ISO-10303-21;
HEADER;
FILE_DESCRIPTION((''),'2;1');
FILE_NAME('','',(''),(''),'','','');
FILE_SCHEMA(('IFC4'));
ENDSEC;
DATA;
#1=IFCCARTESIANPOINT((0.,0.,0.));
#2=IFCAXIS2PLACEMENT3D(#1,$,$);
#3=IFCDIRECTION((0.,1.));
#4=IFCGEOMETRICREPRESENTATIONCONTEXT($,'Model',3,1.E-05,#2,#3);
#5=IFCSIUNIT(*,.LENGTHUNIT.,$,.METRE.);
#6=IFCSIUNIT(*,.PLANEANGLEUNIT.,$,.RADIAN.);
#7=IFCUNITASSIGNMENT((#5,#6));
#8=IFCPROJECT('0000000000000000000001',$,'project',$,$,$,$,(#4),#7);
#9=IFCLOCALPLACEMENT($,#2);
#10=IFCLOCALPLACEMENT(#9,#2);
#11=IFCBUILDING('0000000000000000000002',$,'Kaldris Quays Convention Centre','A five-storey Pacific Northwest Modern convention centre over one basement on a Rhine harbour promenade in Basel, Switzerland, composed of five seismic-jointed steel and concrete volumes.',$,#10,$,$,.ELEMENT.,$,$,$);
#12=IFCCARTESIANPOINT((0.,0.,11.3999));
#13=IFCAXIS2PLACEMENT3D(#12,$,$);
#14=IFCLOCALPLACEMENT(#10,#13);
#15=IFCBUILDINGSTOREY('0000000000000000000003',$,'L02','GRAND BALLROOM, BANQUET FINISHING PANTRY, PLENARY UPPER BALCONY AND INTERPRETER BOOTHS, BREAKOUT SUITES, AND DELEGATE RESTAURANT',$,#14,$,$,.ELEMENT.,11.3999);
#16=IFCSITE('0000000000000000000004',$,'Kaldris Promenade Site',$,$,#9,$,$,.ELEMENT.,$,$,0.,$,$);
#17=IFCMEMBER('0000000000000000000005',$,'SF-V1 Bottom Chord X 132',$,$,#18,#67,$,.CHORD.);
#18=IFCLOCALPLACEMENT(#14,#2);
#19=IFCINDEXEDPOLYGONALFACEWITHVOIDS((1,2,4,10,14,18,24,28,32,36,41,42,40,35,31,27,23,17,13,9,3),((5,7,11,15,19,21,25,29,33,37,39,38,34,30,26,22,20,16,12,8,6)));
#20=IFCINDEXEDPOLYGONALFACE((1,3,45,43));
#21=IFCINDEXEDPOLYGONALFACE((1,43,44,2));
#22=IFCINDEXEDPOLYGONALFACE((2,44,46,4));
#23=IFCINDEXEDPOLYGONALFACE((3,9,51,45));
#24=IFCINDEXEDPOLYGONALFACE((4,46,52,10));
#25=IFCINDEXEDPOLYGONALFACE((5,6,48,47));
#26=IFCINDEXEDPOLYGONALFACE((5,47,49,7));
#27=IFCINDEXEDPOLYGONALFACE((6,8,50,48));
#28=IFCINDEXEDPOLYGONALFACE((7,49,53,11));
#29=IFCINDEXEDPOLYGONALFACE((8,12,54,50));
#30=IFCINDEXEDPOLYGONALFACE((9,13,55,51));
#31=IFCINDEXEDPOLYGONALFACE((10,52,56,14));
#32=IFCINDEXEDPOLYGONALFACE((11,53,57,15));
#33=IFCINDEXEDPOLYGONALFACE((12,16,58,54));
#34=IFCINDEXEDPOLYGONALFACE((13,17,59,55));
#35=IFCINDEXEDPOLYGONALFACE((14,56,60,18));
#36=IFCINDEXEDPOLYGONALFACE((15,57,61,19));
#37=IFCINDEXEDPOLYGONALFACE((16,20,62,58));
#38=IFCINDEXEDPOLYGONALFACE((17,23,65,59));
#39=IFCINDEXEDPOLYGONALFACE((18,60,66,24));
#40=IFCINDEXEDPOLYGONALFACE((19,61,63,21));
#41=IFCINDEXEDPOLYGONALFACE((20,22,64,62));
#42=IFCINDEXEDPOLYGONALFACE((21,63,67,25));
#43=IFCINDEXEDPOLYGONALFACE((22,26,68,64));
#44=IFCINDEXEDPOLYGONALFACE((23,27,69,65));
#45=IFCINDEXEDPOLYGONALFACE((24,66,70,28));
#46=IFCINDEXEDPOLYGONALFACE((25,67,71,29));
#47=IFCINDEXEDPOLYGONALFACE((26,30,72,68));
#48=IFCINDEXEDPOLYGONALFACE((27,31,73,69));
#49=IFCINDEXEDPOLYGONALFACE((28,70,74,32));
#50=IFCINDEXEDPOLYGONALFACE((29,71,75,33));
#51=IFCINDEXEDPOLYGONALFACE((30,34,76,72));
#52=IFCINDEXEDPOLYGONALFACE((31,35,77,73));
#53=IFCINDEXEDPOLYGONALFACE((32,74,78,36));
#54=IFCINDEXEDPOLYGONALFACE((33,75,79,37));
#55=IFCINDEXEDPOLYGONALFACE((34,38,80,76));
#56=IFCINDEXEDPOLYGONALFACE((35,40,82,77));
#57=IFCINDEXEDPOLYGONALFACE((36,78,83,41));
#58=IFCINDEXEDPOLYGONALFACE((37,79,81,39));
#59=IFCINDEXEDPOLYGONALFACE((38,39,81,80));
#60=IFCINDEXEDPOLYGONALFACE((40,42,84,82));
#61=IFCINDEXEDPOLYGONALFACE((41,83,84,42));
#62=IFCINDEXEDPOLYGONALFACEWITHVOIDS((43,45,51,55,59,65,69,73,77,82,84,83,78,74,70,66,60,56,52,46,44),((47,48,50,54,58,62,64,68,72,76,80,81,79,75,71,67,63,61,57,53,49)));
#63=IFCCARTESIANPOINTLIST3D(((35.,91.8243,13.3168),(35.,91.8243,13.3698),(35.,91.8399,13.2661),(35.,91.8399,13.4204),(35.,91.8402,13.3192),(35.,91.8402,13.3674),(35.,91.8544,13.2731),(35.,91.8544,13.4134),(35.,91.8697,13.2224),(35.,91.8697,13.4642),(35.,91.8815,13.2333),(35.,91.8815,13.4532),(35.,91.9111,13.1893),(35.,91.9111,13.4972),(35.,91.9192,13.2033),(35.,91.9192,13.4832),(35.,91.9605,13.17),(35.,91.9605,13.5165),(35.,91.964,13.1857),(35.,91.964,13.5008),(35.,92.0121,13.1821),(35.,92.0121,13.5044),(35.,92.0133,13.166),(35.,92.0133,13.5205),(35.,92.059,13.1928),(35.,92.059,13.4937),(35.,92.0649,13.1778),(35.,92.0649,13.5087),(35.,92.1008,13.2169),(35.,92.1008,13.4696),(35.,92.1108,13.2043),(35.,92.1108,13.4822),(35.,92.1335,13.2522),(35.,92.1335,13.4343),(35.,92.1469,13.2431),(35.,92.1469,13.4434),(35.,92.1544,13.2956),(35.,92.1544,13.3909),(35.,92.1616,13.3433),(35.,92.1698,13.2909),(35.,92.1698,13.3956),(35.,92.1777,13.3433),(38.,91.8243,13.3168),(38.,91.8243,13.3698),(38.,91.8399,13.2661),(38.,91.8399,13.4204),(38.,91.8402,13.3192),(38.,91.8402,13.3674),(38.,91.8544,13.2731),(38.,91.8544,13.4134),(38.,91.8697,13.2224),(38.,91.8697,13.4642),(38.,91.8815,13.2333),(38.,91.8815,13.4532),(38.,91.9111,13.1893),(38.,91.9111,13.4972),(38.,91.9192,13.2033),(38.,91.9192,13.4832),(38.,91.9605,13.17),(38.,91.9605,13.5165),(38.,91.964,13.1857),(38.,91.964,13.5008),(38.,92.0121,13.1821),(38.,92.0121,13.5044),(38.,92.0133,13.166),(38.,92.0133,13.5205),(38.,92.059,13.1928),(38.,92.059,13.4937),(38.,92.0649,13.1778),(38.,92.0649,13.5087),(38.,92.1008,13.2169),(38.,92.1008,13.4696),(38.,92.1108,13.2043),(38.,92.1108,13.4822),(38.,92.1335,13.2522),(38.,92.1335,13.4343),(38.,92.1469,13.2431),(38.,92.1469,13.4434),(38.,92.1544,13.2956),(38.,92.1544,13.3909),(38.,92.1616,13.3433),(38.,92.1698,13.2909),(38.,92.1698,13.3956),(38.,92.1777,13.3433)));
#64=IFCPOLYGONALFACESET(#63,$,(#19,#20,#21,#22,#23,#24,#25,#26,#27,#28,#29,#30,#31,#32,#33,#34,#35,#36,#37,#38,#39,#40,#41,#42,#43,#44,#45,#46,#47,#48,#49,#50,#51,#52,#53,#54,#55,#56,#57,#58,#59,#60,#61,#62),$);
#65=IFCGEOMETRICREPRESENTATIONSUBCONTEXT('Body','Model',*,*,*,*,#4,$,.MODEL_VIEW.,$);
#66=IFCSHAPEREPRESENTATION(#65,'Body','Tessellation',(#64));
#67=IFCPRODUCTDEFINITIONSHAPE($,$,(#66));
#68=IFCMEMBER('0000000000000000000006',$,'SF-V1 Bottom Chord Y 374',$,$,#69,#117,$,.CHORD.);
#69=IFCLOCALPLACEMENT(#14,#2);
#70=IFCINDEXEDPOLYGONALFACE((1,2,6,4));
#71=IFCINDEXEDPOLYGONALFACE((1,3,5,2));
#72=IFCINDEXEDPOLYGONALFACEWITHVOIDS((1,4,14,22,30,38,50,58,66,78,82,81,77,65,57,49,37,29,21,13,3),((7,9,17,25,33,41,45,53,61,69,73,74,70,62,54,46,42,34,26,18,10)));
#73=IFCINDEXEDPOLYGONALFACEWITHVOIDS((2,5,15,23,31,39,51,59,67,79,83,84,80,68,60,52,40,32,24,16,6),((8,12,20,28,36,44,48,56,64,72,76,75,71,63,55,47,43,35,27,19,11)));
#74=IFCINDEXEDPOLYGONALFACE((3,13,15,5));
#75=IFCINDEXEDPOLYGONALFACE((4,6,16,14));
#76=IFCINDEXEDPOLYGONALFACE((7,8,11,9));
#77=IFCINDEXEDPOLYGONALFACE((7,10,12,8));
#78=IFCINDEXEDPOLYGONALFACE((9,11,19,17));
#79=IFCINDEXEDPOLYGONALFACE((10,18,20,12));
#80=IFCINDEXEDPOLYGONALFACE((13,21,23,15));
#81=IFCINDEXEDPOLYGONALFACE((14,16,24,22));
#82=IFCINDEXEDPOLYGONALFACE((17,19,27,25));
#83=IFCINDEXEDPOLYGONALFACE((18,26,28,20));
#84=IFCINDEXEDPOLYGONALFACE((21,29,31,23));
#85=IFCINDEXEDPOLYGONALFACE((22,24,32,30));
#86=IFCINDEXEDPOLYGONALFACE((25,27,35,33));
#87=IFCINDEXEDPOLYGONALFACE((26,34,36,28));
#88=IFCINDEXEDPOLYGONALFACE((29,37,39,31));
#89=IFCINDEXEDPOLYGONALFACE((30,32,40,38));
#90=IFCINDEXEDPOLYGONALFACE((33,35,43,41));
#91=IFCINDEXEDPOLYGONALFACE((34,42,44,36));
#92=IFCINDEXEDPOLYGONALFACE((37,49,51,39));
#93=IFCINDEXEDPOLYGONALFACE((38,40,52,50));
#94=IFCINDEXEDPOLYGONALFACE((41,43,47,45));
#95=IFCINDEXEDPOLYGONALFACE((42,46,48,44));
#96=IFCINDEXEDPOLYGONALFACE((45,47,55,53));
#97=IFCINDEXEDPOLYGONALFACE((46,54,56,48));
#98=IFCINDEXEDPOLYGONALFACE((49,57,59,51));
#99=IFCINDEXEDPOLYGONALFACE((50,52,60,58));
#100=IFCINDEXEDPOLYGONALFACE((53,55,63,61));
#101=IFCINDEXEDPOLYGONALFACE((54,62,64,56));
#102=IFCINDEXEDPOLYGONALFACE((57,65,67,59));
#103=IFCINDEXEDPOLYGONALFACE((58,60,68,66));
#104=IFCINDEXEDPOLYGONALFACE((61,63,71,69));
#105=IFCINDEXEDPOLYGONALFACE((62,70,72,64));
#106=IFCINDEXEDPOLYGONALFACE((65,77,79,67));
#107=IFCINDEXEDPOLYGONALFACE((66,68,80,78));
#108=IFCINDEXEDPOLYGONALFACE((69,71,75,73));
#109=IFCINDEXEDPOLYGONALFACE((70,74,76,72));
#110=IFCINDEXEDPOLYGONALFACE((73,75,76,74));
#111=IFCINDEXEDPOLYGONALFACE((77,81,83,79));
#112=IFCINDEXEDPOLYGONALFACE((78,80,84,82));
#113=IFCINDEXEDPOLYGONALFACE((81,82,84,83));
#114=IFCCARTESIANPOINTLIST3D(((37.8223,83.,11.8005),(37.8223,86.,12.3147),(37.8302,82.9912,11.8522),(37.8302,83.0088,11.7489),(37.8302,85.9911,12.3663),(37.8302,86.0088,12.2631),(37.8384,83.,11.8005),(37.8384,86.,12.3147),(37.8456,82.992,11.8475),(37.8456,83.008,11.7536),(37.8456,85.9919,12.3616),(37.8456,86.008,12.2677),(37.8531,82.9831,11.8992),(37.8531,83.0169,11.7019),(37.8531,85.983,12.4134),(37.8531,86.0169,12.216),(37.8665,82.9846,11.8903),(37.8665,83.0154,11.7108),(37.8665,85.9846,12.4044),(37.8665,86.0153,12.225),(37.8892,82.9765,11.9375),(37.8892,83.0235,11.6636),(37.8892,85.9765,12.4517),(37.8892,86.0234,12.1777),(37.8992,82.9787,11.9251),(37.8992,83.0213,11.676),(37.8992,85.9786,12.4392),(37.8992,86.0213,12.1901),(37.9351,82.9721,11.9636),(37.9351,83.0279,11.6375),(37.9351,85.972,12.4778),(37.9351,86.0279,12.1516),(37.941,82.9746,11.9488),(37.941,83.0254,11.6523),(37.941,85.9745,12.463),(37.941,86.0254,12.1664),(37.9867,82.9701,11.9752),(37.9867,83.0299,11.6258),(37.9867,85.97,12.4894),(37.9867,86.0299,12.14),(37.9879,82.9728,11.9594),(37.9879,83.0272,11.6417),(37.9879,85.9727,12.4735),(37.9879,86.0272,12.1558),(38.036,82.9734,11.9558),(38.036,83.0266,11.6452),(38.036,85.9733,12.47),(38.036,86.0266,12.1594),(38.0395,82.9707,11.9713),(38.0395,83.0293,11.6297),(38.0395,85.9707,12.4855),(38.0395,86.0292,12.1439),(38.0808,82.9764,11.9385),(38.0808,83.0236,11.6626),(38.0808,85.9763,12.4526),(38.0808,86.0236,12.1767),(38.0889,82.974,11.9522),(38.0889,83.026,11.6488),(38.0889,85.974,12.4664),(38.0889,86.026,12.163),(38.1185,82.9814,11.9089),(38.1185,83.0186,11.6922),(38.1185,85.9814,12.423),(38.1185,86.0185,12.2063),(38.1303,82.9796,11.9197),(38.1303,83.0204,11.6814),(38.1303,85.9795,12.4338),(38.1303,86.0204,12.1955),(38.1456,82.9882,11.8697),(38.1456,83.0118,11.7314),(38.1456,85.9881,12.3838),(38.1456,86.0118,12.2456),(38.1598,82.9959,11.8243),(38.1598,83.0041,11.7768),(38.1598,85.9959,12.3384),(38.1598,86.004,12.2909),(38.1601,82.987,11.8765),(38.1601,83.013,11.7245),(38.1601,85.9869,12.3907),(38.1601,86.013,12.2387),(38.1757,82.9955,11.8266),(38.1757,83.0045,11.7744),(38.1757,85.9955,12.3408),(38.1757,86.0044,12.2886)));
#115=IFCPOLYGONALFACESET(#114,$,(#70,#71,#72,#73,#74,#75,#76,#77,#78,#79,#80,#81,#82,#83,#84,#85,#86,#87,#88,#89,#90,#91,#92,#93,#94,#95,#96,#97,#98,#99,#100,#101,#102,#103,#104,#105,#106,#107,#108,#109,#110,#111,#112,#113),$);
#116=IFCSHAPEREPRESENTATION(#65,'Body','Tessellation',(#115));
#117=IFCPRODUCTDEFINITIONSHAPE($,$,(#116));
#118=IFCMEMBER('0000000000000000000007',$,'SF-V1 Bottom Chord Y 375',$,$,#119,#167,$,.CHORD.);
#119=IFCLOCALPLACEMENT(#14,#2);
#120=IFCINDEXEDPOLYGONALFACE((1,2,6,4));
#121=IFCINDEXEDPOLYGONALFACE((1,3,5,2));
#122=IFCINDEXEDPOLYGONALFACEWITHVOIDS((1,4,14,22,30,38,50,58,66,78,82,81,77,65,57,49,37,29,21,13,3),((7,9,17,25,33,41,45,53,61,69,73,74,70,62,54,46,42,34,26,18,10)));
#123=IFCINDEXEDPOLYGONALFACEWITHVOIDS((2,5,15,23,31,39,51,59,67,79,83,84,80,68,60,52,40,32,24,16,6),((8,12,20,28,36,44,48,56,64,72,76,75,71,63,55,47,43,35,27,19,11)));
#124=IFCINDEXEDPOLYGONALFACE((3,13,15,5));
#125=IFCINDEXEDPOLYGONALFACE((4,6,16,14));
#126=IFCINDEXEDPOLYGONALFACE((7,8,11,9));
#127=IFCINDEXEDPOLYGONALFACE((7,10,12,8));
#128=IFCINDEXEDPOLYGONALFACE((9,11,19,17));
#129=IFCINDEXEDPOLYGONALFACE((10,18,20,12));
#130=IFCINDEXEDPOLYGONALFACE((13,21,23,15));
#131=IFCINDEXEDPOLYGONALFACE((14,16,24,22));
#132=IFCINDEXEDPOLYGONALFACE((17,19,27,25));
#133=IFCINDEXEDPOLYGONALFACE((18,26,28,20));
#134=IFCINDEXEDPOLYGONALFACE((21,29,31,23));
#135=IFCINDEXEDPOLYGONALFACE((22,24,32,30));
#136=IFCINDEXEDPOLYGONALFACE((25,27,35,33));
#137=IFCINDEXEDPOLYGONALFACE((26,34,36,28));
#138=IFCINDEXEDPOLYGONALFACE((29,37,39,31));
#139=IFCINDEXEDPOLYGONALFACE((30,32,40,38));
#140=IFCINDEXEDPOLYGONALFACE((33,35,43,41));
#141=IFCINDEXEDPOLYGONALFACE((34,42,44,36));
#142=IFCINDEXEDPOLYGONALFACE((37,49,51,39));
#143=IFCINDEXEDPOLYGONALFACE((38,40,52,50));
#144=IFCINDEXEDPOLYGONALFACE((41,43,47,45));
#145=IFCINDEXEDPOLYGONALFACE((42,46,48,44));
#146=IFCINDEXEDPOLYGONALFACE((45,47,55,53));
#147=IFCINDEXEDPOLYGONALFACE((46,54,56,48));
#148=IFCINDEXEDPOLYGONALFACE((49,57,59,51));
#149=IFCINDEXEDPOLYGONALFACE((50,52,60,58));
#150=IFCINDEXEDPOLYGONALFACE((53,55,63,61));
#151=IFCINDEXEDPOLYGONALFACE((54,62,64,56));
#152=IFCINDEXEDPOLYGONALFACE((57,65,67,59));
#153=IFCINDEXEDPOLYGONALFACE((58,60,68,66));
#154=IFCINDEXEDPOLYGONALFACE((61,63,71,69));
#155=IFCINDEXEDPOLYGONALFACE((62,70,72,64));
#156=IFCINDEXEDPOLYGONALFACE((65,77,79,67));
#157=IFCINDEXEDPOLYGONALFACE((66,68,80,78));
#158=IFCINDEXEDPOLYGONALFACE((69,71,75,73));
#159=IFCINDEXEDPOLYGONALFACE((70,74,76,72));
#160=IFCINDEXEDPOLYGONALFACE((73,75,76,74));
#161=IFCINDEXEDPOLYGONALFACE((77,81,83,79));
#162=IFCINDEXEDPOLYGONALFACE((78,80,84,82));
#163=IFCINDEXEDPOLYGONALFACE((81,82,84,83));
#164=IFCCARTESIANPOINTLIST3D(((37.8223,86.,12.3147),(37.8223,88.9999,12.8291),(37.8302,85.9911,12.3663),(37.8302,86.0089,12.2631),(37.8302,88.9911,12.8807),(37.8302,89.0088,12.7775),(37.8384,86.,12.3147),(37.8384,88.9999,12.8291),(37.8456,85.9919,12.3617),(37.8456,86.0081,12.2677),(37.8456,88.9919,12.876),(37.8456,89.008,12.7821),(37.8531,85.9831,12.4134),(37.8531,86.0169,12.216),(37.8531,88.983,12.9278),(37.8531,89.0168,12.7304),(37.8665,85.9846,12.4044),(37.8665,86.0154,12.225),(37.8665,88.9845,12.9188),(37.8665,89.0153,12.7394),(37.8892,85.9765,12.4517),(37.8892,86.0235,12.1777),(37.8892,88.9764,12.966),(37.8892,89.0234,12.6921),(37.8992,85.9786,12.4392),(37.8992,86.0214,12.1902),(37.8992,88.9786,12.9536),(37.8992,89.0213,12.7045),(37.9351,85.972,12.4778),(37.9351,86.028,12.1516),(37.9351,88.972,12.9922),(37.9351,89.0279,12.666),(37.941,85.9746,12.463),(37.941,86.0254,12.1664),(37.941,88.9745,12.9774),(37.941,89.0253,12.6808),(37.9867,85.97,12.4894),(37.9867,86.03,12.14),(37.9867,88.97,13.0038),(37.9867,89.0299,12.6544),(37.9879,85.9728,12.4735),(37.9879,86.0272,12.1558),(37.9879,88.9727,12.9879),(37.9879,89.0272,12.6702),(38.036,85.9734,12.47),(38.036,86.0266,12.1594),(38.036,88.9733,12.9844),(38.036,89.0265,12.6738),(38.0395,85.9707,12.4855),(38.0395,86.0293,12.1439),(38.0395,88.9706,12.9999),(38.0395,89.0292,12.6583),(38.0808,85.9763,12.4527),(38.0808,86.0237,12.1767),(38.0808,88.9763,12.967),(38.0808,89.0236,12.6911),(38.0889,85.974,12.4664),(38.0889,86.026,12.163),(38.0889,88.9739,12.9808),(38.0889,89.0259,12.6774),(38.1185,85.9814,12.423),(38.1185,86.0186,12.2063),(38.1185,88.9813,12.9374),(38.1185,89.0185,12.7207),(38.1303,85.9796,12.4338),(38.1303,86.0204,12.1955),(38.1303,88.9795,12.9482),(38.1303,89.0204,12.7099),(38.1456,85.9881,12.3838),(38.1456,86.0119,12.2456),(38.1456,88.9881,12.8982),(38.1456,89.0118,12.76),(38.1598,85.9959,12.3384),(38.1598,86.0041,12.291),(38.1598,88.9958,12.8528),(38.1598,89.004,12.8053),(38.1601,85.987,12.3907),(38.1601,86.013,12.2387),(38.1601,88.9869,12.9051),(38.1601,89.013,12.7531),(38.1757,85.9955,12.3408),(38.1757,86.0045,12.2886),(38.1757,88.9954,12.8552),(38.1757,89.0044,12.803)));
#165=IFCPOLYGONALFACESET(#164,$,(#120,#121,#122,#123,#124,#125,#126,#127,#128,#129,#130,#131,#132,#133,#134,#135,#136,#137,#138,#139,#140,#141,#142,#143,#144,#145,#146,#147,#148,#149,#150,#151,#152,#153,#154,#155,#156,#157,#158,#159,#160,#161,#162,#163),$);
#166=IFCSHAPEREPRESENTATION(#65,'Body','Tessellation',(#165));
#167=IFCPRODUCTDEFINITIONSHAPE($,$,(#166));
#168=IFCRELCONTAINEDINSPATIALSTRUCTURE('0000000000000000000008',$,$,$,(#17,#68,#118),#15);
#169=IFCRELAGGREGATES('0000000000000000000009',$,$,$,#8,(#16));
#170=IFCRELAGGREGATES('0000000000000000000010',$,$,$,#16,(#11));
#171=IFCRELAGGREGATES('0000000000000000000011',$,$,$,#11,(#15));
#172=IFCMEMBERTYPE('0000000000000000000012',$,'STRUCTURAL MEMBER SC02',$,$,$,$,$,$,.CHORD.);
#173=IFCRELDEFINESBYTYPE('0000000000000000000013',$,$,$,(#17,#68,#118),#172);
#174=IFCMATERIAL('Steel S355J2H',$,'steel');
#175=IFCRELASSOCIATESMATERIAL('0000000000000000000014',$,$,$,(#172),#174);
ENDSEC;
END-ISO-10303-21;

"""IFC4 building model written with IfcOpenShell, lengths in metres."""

from ifc_helpers import new_model, si_unit, direction, frame, origin, origin_2d, place, context, subcontext, project, spatial, hollow_circle, extrude, material, material_profile, profile_set, type_object, element, save


model = new_model("IFC4")

# Units and contexts
model_context = context("Model", 3, precision=1e-05, world=origin(), true_north=direction((0.0, 1.0)))
body_context = subcontext(model_context, "Body", "Model", "MODEL_VIEW")
ifc_project = project(units=[si_unit("LENGTHUNIT", "METRE"), si_unit("PLANEANGLEUNIT", "RADIAN")], contexts=[model_context])

# Site, building, storey
site_placement = place(None, origin())
site = spatial("IfcSite", under=ifc_project, at=site_placement, Name="Kaldris Promenade Site", CompositionType="ELEMENT", RefElevation=0.0)
building_placement = place(site_placement, origin())
building = spatial("IfcBuilding", under=site, at=building_placement, Name="Kaldris Quays Convention Centre", Description="A five-storey Pacific Northwest Modern convention centre over one basement on a Rhine harbour promenade in Basel, Switzerland, composed of five seismic-jointed steel and concrete volumes.", CompositionType="ELEMENT")
storey_placement = place(building_placement, frame((0.0, 0.0, 11.3999)))
storey = spatial("IfcBuildingStorey", under=building, at=storey_placement, Name="L02", Description="GRAND BALLROOM, BANQUET FINISHING PANTRY, PLENARY UPPER BALCONY AND INTERPRETER BOOTHS, BREAKOUT SUITES, AND DELEGATE RESTAURANT", CompositionType="ELEMENT", Elevation=11.3999)

# Members
ifc_material_1 = material(Name="Steel S355J2H", Category="steel")
ifc_material_profile_1 = material_profile(ifc_material_1, hollow_circle(Radius=0.1777, WallThickness=0.0161, at=origin_2d()), Name="CHS 355.6x16")
ifc_profile_set_1 = profile_set([ifc_material_profile_1], Name="Steel S355J2H")
member_type_1 = type_object("IfcMemberType", Name="STRUCTURAL MEMBER SC02", PredefinedType="CHORD", material=ifc_profile_set_1)
for number, where, z_axis, x_axis, name in (
    (1, (35.0, 92.0, 13.3433), (1.0, 0.0, 0.0), (0.0, 1.0, 0.0), "SF-V1 Bottom Chord X 132"),
):
    element("IfcMember", number, at=place(storey_placement, frame(where, z_axis=z_axis, x_axis=x_axis)), inside=storey, type_object=member_type_1, Name=name, PredefinedType="CHORD", context=body_context, shape_type="SweptSolid", body=[
        extrude(hollow_circle(Radius=0.1777, WallThickness=0.0161, at=origin_2d()), origin(), (0.0, 0.0, 1.0), 3.0),
    ])
for number, where, z_axis, x_axis, name in (
    (2, (38.0, 83.0, 11.8005), (0.0, 0.985629, 0.168924), (-1.0, 0.0, 0.0), "SF-V1 Bottom Chord Y 374"),
    (3, (38.0, 86.0, 12.3147), (0.0, 0.985616, 0.169002), (-1.0, 0.0, 0.0), "SF-V1 Bottom Chord Y 375"),
):
    element("IfcMember", number, at=place(storey_placement, frame(where, z_axis=z_axis, x_axis=x_axis)), inside=storey, type_object=member_type_1, Name=name, PredefinedType="CHORD", context=body_context, shape_type="SweptSolid", body=[
        extrude(hollow_circle(Radius=0.1777, WallThickness=0.0161, at=origin_2d()), origin(), (0.0, 0.0, 1.0), 3.0437),
    ])

save(model, "model.ifc")
